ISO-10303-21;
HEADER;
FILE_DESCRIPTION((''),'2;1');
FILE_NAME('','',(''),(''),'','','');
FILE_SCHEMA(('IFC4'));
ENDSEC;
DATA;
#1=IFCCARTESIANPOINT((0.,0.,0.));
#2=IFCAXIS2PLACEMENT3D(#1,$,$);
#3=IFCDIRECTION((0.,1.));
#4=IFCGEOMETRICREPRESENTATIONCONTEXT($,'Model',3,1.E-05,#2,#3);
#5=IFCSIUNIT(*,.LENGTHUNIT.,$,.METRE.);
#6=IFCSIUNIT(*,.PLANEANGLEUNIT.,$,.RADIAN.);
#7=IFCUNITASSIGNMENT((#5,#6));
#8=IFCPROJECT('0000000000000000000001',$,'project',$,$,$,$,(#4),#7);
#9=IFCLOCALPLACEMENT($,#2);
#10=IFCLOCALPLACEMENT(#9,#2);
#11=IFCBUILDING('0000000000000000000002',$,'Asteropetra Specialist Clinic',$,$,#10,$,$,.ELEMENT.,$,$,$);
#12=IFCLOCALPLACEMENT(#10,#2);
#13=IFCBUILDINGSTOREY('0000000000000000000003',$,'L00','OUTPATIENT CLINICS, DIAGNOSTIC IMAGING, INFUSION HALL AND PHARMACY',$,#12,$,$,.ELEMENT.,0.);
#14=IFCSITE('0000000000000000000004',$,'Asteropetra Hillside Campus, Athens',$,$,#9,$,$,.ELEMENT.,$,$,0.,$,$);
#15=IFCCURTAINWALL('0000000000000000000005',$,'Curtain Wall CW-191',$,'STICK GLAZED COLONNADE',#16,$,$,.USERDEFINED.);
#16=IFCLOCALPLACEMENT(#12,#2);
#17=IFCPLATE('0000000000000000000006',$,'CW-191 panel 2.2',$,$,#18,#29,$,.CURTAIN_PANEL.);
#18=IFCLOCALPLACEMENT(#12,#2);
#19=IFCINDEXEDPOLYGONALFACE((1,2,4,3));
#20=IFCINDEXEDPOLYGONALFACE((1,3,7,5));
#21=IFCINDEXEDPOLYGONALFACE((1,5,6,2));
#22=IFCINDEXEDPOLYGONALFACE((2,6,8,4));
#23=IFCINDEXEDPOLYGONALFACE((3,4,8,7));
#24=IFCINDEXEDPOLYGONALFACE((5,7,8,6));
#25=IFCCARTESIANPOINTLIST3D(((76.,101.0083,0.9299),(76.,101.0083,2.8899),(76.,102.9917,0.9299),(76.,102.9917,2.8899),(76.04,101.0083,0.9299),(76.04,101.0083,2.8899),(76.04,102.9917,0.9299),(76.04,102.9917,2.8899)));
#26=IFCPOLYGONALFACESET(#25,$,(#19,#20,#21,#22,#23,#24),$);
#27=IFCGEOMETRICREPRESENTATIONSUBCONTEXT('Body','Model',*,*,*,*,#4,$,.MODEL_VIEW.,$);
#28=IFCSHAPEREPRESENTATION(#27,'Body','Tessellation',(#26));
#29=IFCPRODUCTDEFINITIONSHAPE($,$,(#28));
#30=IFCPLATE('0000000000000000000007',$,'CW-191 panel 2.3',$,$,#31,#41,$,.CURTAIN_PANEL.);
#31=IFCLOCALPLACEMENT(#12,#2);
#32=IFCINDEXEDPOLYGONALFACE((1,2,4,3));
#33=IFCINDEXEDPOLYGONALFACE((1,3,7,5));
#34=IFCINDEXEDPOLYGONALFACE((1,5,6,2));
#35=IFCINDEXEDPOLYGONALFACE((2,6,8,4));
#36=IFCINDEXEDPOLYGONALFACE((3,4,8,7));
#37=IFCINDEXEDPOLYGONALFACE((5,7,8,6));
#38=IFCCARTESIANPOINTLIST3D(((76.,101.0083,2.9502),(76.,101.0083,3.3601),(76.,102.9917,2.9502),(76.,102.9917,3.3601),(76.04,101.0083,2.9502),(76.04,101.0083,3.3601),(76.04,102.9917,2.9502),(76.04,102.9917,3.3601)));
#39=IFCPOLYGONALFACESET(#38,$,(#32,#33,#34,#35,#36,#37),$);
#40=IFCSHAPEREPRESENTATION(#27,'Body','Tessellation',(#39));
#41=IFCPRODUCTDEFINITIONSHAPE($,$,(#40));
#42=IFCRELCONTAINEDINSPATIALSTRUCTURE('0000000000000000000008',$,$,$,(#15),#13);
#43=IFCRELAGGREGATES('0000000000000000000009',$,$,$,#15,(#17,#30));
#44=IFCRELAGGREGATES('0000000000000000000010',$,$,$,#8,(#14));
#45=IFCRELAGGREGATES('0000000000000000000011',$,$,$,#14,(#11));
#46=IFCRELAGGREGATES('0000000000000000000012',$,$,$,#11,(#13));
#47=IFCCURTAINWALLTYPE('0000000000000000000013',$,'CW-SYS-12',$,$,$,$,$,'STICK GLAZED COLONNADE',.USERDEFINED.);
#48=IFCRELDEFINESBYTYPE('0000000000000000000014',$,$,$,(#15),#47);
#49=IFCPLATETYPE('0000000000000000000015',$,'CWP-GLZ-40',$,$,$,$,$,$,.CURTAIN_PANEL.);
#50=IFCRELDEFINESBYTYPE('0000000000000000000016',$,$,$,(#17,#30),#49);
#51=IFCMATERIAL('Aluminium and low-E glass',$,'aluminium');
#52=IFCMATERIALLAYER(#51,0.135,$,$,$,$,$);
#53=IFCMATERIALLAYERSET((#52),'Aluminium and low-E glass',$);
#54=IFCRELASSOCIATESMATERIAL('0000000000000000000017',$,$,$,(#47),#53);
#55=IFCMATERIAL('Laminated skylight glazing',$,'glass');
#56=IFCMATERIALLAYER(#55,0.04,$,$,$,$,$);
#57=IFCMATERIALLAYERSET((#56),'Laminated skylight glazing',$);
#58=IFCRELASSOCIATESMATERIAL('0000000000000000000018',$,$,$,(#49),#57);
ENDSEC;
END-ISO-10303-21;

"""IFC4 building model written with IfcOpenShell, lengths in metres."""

from ifc_helpers import new_model, si_unit, direction, frame, origin, origin_2d, place, context, subcontext, project, spatial, rectangle, extrude, material, layer, layer_set, type_object, element, aggregate, save


model = new_model("IFC4")

# Units and contexts
model_context = context("Model", 3, precision=1e-05, world=origin(), true_north=direction((0.0, 1.0)))
body_context = subcontext(model_context, "Body", "Model", "MODEL_VIEW")
ifc_project = project(units=[si_unit("LENGTHUNIT", "METRE"), si_unit("PLANEANGLEUNIT", "RADIAN")], contexts=[model_context])

# Site, building, storey
site_placement = place(None, origin())
site = spatial("IfcSite", under=ifc_project, at=site_placement, Name="Asteropetra Hillside Campus, Athens", CompositionType="ELEMENT", RefElevation=0.0)
building_placement = place(site_placement, origin())
building = spatial("IfcBuilding", under=site, at=building_placement, Name="Asteropetra Specialist Clinic", CompositionType="ELEMENT")
storey_placement = place(building_placement, origin())
storey = spatial("IfcBuildingStorey", under=building, at=storey_placement, Name="L00", Description="OUTPATIENT CLINICS, DIAGNOSTIC IMAGING, INFUSION HALL AND PHARMACY", CompositionType="ELEMENT", Elevation=0.0)

# Curtain wall, plates
ifc_material_1 = material(Name="Aluminium and low-E glass", Category="aluminium")
ifc_layer_1 = layer(ifc_material_1, 0.135)
ifc_layer_set_1 = layer_set([ifc_layer_1], Name="Aluminium and low-E glass")
curtain_wall_type = type_object("IfcCurtainWallType", Name="CW-SYS-12", ElementType="STICK GLAZED COLONNADE", PredefinedType="USERDEFINED", material=ifc_layer_set_1)
curtain_wall_placement = place(storey_placement, origin())
curtain_wall = element("IfcCurtainWall", 1, at=curtain_wall_placement, inside=storey, type_object=curtain_wall_type, Name="Curtain Wall CW-191", ObjectType="STICK GLAZED COLONNADE", PredefinedType="USERDEFINED")
ifc_material_2 = material(Name="Laminated skylight glazing", Category="glass")
ifc_layer_2 = layer(ifc_material_2, 0.04)
ifc_layer_set_2 = layer_set([ifc_layer_2], Name="Laminated skylight glazing")
plate_type = type_object("IfcPlateType", Name="CWP-GLZ-40", PredefinedType="CURTAIN_PANEL", material=ifc_layer_set_2)
plate_1_placement = place(storey_placement, frame((76.02, 102.0, 0.9299), z_axis=(0.0, 0.0, 1.0), x_axis=(0.0, 1.0, 0.0)))
plate_1 = element("IfcPlate", 2, at=plate_1_placement, type_object=plate_type, Name="CW-191 panel 2.2", PredefinedType="CURTAIN_PANEL", context=body_context, shape_type="SweptSolid", body=[
    extrude(rectangle(XDim=1.9834, YDim=0.04, at=origin_2d()), origin(), (0.0, 0.0, 1.0), 1.96),
])
plate_2_placement = place(storey_placement, frame((76.02, 102.0, 2.9502), z_axis=(0.0, 0.0, 1.0), x_axis=(0.0, 1.0, 0.0)))
plate_2 = element("IfcPlate", 3, at=plate_2_placement, type_object=plate_type, Name="CW-191 panel 2.3", PredefinedType="CURTAIN_PANEL", context=body_context, shape_type="SweptSolid", body=[
    extrude(rectangle(XDim=1.9834, YDim=0.04, at=origin_2d()), origin(), (0.0, 0.0, 1.0), 0.4099),
])
aggregate(curtain_wall, [plate_1, plate_2])

save(model, "model.ifc")
